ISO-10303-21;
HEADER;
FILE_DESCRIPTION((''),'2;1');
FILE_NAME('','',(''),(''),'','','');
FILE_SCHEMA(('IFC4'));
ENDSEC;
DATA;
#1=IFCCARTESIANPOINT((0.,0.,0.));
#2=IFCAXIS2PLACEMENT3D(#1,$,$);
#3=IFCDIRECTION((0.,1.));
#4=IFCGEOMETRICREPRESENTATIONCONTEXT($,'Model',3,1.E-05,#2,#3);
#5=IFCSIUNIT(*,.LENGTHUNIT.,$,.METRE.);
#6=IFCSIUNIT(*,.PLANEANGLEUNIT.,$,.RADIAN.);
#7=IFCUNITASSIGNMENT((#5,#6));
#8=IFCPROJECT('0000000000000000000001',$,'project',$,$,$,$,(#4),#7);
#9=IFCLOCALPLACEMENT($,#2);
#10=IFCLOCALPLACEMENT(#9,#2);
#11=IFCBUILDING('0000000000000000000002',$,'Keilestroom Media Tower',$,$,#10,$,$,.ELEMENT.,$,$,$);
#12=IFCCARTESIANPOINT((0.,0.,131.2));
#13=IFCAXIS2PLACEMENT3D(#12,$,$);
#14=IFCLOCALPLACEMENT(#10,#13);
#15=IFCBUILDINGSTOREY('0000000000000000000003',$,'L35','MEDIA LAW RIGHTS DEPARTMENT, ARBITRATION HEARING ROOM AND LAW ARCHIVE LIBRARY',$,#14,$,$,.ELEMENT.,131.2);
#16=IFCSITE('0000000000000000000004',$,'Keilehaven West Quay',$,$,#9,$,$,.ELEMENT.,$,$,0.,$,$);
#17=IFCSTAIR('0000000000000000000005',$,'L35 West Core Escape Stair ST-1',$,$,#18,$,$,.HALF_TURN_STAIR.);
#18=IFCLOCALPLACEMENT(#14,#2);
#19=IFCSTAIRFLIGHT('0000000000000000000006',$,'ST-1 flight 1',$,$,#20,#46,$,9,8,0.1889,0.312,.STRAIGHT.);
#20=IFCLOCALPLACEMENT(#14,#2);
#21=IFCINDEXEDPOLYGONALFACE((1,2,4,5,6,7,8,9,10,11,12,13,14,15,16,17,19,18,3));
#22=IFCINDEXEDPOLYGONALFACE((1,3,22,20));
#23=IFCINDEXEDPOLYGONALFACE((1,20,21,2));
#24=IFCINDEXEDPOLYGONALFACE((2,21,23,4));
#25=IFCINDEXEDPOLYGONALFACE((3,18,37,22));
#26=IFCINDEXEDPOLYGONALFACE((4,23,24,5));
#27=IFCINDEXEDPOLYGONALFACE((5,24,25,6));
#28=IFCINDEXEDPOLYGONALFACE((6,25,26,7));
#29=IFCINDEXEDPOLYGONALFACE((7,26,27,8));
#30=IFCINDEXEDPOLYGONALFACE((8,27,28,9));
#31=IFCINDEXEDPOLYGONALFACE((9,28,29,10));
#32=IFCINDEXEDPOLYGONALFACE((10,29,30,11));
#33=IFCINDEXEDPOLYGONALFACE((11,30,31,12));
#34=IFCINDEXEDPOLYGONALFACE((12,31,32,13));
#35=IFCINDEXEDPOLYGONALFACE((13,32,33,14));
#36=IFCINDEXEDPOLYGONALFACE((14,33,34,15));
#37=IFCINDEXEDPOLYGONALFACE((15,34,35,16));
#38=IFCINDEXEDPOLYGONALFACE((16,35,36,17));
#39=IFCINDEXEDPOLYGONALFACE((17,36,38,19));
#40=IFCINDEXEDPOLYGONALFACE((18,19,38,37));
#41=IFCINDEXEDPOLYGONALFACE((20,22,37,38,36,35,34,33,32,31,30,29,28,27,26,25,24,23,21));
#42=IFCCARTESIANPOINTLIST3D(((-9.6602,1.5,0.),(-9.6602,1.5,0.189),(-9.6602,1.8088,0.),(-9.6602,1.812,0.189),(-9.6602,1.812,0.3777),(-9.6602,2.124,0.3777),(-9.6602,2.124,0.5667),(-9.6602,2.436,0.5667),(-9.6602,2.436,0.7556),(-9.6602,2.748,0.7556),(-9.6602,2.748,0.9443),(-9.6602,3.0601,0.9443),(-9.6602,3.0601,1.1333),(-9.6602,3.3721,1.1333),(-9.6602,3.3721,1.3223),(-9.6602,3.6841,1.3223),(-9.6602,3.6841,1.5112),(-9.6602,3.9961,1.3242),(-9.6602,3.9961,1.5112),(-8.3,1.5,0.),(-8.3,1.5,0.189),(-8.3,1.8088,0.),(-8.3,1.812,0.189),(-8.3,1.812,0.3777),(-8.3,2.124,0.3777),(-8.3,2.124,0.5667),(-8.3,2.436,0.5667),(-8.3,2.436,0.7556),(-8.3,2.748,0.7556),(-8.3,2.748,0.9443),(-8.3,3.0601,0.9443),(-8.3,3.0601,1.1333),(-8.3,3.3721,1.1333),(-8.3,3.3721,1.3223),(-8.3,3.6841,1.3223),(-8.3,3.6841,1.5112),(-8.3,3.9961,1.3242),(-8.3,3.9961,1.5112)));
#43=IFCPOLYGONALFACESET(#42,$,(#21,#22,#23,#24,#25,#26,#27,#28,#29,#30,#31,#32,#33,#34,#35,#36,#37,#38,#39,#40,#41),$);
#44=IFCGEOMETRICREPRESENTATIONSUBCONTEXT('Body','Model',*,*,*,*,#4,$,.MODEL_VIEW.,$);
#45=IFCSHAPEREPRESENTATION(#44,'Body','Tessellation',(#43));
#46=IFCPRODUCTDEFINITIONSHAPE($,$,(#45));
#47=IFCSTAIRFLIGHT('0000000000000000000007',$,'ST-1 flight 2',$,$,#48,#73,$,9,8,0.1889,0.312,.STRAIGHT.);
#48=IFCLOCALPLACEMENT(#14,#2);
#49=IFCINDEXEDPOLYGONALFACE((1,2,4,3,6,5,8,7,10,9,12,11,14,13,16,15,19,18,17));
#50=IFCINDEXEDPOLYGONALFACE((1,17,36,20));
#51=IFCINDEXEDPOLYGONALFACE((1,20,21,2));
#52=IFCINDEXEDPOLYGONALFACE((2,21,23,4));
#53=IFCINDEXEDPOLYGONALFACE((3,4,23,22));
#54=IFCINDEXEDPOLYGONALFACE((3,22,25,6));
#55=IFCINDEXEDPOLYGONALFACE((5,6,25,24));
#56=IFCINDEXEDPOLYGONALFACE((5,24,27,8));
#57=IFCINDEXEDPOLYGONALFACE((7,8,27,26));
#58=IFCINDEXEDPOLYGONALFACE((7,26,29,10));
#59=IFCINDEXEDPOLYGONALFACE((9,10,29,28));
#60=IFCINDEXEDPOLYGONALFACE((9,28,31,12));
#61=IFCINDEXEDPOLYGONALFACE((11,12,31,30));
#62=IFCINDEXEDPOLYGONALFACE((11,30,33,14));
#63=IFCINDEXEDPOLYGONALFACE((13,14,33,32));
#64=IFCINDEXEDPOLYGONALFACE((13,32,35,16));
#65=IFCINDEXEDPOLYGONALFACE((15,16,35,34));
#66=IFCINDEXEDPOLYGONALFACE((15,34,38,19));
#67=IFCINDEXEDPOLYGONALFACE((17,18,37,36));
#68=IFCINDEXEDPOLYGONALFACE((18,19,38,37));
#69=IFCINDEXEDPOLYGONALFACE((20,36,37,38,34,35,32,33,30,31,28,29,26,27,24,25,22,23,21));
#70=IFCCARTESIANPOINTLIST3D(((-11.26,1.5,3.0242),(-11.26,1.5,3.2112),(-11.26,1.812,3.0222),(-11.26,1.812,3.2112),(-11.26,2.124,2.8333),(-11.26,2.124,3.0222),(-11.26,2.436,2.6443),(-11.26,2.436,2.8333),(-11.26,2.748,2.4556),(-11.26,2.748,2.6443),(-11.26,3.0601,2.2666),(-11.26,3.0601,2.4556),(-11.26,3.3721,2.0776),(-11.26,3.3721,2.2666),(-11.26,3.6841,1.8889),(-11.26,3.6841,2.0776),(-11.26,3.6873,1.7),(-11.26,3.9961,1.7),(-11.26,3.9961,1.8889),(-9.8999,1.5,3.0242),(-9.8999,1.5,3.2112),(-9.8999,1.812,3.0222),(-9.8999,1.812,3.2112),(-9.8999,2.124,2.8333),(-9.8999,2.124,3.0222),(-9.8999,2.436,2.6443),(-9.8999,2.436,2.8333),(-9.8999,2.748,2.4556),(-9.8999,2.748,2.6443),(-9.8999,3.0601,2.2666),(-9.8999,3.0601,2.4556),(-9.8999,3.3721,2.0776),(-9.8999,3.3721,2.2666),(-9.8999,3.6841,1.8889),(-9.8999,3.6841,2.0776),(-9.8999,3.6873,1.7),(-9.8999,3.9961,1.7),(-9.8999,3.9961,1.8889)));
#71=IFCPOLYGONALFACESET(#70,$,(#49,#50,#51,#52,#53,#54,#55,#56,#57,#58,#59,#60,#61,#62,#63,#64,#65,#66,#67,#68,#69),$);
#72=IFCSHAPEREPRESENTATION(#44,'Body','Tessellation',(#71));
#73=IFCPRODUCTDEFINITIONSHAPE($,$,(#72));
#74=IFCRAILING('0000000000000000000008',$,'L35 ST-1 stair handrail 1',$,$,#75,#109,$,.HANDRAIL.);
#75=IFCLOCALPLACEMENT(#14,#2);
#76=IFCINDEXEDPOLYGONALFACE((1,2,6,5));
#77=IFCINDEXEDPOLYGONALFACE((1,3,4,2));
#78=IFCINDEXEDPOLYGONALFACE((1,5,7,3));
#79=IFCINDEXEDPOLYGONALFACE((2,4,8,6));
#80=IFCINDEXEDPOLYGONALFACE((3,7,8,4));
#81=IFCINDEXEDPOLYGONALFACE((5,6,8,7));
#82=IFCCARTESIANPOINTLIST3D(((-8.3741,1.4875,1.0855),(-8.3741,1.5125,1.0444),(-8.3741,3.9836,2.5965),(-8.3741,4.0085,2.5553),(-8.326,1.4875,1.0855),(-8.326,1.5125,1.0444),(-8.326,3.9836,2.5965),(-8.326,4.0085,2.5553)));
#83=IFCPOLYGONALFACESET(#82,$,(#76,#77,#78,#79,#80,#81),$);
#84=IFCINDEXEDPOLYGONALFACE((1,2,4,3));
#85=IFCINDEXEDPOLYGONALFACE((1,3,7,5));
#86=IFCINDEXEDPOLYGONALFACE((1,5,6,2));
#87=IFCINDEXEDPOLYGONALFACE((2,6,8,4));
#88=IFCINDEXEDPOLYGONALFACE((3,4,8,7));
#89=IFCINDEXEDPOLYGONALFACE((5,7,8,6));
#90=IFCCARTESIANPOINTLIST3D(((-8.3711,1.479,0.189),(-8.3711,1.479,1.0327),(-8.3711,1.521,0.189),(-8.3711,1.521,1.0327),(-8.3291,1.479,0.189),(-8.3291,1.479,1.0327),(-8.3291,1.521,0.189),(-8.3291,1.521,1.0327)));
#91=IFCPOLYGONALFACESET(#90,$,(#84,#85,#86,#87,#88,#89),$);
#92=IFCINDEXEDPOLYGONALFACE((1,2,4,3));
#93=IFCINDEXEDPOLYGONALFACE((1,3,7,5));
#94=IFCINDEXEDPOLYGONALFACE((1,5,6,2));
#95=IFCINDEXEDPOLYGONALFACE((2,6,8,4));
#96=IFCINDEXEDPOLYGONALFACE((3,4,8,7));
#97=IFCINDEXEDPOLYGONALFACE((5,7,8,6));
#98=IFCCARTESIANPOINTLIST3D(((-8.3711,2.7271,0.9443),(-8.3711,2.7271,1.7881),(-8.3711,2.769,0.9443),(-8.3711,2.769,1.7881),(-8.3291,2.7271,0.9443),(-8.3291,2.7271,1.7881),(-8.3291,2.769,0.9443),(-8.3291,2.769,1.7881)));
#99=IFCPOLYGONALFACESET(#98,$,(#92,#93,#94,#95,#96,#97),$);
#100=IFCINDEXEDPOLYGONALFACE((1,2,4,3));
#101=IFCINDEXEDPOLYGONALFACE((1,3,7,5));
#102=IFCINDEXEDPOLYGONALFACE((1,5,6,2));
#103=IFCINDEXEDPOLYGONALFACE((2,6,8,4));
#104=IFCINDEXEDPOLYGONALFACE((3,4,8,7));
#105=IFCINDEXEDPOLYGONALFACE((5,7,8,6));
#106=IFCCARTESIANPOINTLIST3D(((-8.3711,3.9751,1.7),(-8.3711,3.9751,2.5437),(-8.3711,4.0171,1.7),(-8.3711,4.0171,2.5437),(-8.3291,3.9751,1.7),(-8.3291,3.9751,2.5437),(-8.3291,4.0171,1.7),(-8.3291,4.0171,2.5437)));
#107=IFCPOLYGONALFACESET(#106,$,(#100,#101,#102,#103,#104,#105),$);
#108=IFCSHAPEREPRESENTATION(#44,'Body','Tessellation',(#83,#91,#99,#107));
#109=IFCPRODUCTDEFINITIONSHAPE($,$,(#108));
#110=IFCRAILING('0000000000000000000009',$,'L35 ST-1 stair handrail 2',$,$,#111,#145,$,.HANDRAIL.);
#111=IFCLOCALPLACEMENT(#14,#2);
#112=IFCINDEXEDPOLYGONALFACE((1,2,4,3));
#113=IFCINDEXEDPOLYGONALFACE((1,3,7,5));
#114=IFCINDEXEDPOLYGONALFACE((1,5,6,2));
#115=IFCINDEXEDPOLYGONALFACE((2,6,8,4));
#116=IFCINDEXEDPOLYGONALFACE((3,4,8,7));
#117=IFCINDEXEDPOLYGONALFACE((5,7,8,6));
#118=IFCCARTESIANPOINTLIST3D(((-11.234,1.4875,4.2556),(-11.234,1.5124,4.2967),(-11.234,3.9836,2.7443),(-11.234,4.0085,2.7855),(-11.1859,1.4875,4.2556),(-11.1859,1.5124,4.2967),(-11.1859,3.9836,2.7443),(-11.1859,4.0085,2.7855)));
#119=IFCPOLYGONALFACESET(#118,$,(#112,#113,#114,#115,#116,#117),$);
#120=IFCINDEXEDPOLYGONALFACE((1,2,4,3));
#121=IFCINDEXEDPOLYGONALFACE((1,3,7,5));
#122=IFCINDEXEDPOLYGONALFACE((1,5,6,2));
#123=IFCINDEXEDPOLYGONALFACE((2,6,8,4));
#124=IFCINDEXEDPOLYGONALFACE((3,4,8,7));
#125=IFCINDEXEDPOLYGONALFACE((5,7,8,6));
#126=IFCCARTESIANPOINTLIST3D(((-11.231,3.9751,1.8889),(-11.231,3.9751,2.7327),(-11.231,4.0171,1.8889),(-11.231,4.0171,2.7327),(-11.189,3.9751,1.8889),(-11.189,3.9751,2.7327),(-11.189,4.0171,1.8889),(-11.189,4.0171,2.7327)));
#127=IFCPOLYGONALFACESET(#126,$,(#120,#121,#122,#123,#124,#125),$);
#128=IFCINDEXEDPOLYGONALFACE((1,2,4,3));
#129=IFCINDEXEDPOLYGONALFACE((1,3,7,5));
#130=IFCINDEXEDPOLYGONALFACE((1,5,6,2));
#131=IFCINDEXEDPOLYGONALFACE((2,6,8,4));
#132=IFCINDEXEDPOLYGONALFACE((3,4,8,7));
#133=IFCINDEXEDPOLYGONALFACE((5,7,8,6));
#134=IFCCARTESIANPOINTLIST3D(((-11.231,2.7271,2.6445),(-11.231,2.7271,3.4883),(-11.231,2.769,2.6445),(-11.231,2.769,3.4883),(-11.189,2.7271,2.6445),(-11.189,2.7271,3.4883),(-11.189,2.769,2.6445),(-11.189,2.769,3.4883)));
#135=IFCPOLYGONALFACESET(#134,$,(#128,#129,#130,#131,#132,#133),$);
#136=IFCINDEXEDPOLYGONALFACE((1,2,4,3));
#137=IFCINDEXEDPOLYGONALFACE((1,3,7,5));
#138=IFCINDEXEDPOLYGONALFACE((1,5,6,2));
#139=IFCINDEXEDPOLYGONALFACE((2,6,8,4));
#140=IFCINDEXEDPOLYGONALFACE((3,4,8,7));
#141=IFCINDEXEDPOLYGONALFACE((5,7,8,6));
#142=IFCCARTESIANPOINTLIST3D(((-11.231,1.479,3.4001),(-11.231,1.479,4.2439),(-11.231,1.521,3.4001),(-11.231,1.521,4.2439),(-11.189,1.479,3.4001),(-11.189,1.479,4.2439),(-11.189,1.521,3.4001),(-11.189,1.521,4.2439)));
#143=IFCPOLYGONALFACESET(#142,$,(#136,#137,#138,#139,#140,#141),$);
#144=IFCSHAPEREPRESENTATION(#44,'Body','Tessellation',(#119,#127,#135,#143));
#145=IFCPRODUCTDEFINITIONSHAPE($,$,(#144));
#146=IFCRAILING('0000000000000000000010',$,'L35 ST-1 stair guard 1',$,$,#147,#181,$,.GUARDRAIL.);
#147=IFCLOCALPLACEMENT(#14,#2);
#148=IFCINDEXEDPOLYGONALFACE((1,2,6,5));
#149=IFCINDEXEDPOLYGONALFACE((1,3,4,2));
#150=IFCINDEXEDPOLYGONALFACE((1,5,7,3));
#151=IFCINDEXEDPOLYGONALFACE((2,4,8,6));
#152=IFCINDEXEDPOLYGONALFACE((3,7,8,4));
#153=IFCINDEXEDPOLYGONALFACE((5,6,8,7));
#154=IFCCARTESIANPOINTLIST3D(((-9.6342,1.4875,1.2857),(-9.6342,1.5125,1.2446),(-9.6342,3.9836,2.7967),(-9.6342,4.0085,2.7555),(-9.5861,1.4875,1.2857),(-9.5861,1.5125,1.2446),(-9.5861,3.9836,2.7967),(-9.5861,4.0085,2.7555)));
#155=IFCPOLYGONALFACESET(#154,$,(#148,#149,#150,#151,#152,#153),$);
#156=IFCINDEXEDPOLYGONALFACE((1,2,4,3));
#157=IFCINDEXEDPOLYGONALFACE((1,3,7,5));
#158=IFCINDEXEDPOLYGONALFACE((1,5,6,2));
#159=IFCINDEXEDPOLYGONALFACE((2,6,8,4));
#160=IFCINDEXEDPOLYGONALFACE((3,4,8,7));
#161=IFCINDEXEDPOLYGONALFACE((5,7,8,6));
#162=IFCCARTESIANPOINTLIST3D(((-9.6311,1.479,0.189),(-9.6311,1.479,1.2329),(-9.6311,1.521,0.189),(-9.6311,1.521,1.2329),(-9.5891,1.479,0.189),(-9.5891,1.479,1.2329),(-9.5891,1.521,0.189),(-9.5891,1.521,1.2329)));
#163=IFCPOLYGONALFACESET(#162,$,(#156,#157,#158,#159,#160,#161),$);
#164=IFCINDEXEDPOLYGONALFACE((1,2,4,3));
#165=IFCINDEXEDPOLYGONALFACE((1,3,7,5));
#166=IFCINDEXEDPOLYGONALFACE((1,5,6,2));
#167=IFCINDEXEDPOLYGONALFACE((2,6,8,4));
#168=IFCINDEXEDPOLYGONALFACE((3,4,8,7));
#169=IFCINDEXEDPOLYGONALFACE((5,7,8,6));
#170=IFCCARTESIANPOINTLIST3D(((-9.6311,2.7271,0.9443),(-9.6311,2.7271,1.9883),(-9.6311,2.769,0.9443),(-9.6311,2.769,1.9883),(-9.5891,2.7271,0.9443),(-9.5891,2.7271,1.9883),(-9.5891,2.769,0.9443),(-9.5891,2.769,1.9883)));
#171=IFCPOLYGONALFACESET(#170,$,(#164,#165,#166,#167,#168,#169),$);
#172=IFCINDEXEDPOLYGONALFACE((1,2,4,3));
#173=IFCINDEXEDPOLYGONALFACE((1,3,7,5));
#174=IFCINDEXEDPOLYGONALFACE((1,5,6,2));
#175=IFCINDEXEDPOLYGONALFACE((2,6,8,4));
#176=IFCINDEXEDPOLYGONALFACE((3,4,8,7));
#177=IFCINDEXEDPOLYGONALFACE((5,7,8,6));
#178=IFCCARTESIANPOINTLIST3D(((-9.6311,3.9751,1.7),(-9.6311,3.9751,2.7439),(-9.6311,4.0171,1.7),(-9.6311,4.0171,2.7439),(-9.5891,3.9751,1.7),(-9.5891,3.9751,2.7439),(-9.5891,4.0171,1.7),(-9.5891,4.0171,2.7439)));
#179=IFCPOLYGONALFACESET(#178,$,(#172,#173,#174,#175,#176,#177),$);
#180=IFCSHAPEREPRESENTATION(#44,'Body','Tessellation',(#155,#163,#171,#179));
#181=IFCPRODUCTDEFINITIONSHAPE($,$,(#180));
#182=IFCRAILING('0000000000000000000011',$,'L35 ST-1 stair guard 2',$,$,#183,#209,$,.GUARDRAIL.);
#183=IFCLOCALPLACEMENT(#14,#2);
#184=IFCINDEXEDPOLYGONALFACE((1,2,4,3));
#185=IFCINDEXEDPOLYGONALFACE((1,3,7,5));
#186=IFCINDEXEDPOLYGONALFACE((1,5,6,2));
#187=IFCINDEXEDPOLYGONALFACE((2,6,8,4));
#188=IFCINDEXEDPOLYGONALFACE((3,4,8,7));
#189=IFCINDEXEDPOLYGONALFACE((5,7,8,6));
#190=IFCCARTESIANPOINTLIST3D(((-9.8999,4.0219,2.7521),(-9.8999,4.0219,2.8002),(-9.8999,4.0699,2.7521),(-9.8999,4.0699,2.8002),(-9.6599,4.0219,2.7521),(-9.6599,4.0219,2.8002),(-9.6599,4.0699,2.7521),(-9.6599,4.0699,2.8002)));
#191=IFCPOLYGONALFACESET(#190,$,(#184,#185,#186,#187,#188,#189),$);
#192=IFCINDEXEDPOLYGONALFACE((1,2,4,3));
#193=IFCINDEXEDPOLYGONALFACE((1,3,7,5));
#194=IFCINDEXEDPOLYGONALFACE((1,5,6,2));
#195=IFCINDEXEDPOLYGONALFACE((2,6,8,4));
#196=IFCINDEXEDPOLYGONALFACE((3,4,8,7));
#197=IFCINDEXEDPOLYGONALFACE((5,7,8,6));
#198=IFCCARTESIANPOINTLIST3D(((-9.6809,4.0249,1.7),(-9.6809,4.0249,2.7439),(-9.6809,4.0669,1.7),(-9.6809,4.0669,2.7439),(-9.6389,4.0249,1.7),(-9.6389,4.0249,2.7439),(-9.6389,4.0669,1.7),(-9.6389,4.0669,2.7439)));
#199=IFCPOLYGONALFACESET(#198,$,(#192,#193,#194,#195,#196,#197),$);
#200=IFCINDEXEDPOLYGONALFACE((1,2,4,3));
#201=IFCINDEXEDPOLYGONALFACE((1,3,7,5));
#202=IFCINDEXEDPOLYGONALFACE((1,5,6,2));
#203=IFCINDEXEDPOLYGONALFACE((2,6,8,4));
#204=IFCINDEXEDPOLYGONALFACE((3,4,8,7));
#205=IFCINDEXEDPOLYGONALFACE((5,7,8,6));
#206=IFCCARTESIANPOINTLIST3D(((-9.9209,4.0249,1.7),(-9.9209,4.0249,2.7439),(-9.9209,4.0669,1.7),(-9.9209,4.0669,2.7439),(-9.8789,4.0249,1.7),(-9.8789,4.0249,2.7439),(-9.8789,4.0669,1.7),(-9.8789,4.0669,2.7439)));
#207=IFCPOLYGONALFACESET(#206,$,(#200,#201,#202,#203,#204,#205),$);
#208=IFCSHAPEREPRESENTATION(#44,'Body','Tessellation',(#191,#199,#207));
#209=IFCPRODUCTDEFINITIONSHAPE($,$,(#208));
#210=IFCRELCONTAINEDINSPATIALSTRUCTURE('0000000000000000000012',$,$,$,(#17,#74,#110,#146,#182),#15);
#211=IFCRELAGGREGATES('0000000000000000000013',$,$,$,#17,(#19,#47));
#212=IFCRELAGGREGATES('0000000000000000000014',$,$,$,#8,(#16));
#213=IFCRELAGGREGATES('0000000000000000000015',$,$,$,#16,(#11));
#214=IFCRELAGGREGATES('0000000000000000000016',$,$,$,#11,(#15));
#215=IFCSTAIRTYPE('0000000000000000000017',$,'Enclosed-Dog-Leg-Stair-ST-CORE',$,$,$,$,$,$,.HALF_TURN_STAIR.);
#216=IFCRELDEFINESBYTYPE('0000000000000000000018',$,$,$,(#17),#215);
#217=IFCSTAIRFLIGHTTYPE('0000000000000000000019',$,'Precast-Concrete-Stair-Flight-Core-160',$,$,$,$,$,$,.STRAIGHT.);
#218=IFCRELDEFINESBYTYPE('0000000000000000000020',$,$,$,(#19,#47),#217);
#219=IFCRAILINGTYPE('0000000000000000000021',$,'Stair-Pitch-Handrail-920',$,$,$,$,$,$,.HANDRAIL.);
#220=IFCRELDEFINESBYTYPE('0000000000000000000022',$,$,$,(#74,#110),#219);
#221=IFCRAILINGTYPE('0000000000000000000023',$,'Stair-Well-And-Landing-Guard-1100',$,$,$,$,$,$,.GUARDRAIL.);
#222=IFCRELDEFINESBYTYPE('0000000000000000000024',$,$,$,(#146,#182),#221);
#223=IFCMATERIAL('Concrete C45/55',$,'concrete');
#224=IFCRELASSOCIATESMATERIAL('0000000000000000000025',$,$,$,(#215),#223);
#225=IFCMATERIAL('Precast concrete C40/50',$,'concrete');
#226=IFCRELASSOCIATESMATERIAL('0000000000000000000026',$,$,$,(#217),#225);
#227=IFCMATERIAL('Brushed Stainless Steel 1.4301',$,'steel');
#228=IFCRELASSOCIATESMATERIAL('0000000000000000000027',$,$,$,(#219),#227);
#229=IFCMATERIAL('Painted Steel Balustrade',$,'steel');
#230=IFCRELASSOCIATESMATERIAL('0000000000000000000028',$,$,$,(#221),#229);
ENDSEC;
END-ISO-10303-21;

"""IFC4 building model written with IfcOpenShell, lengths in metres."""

from ifc_helpers import new_model, si_unit, direction, frame, origin, origin_2d, place, context, subcontext, project, spatial, polyline, rectangle, outline, extrude, material, type_object, element, aggregate, save


model = new_model("IFC4")

# Units and contexts
model_context = context("Model", 3, precision=1e-05, world=origin(), true_north=direction((0.0, 1.0)))
body_context = subcontext(model_context, "Body", "Model", "MODEL_VIEW")
ifc_project = project(units=[si_unit("LENGTHUNIT", "METRE"), si_unit("PLANEANGLEUNIT", "RADIAN")], contexts=[model_context])

# Site, building, storey
site_placement = place(None, origin())
site = spatial("IfcSite", under=ifc_project, at=site_placement, Name="Keilehaven West Quay", CompositionType="ELEMENT", RefElevation=0.0)
building_placement = place(site_placement, origin())
building = spatial("IfcBuilding", under=site, at=building_placement, Name="Keilestroom Media Tower", CompositionType="ELEMENT")
storey_placement = place(building_placement, frame((0.0, 0.0, 131.2)))
storey = spatial("IfcBuildingStorey", under=building, at=storey_placement, Name="L35", Description="MEDIA LAW RIGHTS DEPARTMENT, ARBITRATION HEARING ROOM AND LAW ARCHIVE LIBRARY", CompositionType="ELEMENT", Elevation=131.2)

# Shared definitions
ifc_material_1 = material(Name="Concrete C45/55", Category="concrete")

# Stair
stair_type = type_object("IfcStairType", Name="Enclosed-Dog-Leg-Stair-ST-CORE", PredefinedType="HALF_TURN_STAIR", material=ifc_material_1)
stair_1_placement = place(storey_placement, origin())
stair_1 = element("IfcStair", 1, at=stair_1_placement, inside=storey, type_object=stair_type, Name="L35 West Core Escape Stair ST-1", PredefinedType="HALF_TURN_STAIR")

# Shared definitions
ifc_material_2 = material(Name="Precast concrete C40/50", Category="concrete")

# Stair flights
stair_flight_type = type_object("IfcStairFlightType", Name="Precast-Concrete-Stair-Flight-Core-160", PredefinedType="STRAIGHT", material=ifc_material_2)
stair_flight_1_placement = place(storey_placement, frame((-8.98, 1.5, 0.0), z_axis=(0.0, 0.0, 1.0), x_axis=(0.0, 1.0, 0.0)))
stair_flight_1 = element("IfcStairFlight", 2, at=stair_flight_1_placement, type_object=stair_flight_type, Name="ST-1 flight 1", NumberOfRisers=9, NumberOfTreads=8, PredefinedType="STRAIGHT", RiserHeight=0.1889, TreadLength=0.312, context=body_context, shape_type="SweptSolid", body=[
    extrude(outline(polyline([(0.0, 0.0), (0.0, 0.189), (0.312, 0.189), (0.312, 0.3777), (0.624, 0.3777), (0.624, 0.5667), (0.936, 0.5667), (0.936, 0.7556), (1.248, 0.7556), (1.248, 0.9443), (1.5601, 0.9443), (1.5601, 1.1333), (1.8721, 1.1333), (1.8721, 1.3223), (2.1841, 1.3223), (2.1841, 1.5112), (2.4961, 1.5112), (2.4961, 1.7), (2.4961, 1.3242), (0.3088, 0.0), (0.0, 0.0)])), frame((0.0, 0.6802, 0.0), z_axis=(0.0, -1.0, 0.0), x_axis=(1.0, 0.0, 0.0)), (0.0, 0.0, 1.0), 1.3601),
])
stair_flight_2_placement = place(storey_placement, frame((-10.5801, 3.9961, 1.7), z_axis=(0.0, 0.0, 1.0), x_axis=(0.0, -1.0, 0.0)))
stair_flight_2 = element("IfcStairFlight", 3, at=stair_flight_2_placement, type_object=stair_flight_type, Name="ST-1 flight 2", NumberOfRisers=9, NumberOfTreads=8, PredefinedType="STRAIGHT", RiserHeight=0.1889, TreadLength=0.312, context=body_context, shape_type="SweptSolid", body=[
    extrude(outline(polyline([(0.0, 0.0), (0.0, 0.189), (0.312, 0.189), (0.312, 0.3777), (0.624, 0.3777), (0.624, 0.5667), (0.936, 0.5667), (0.936, 0.7556), (1.248, 0.7556), (1.248, 0.9443), (1.5601, 0.9443), (1.5601, 1.1333), (1.8721, 1.1333), (1.8721, 1.3223), (2.1841, 1.3223), (2.1841, 1.5112), (2.4961, 1.5112), (2.4961, 1.7), (2.4961, 1.3242), (0.3088, 0.0), (0.0, 0.0)])), frame((0.0, 0.6802, 0.0), z_axis=(0.0, -1.0, 0.0), x_axis=(1.0, 0.0, 0.0)), (0.0, 0.0, 1.0), 1.3601),
])
aggregate(stair_1, [stair_flight_1, stair_flight_2])

# Railings
ifc_material_3 = material(Name="Brushed Stainless Steel 1.4301", Category="steel")
railing_type_1 = type_object("IfcRailingType", Name="Stair-Pitch-Handrail-920", PredefinedType="HANDRAIL", material=ifc_material_3)
railing_1_placement = place(storey_placement, frame((-8.3501, 1.5, 0.189)))
element("IfcRailing", 4, at=railing_1_placement, inside=storey, type_object=railing_type_1, Name="L35 ST-1 stair handrail 1", PredefinedType="HANDRAIL", context=body_context, shape_type="SweptSolid", body=[
    extrude(rectangle(XDim=0.0481, YDim=0.0481, at=origin_2d()), frame((0.0, 0.0, 0.876), z_axis=(0.0, 0.855471, 0.517851), x_axis=(-1.0, 0.0, 0.0)), (0.0, 0.0, 1.0), 2.9177),
    extrude(rectangle(XDim=0.042, YDim=0.042, at=origin_2d()), origin(), (0.0, 0.0, 1.0), 0.8438),
    extrude(rectangle(XDim=0.042, YDim=0.042, at=origin_2d()), frame((0.0, 1.248, 0.7554)), (0.0, 0.0, 1.0), 0.8438),
    extrude(rectangle(XDim=0.042, YDim=0.042, at=origin_2d()), frame((0.0, 2.4961, 1.511)), (0.0, 0.0, 1.0), 0.8438),
])
railing_2_placement = place(storey_placement, frame((-11.21, 3.9961, 1.8889)))
element("IfcRailing", 5, at=railing_2_placement, inside=storey, type_object=railing_type_1, Name="L35 ST-1 stair handrail 2", PredefinedType="HANDRAIL", context=body_context, shape_type="SweptSolid", body=[
    extrude(rectangle(XDim=0.0481, YDim=0.0481, at=origin_2d()), frame((0.0, 0.0, 0.876), z_axis=(0.0, -0.855434, 0.517912), x_axis=(1.0, 0.0, 0.0)), (0.0, 0.0, 1.0), 2.918),
    extrude(rectangle(XDim=0.042, YDim=0.042, at=origin_2d()), origin(), (0.0, 0.0, 1.0), 0.8438),
    extrude(rectangle(XDim=0.042, YDim=0.042, at=origin_2d()), frame((0.0, -1.248, 0.7556)), (0.0, 0.0, 1.0), 0.8438),
    extrude(rectangle(XDim=0.042, YDim=0.042, at=origin_2d()), frame((0.0, -2.4961, 1.5112)), (0.0, 0.0, 1.0), 0.8438),
])
ifc_material_4 = material(Name="Painted Steel Balustrade", Category="steel")
railing_type_2 = type_object("IfcRailingType", Name="Stair-Well-And-Landing-Guard-1100", PredefinedType="GUARDRAIL", material=ifc_material_4)
railing_3_placement = place(storey_placement, frame((-9.6101, 1.5, 0.189)))
element("IfcRailing", 6, at=railing_3_placement, inside=storey, type_object=railing_type_2, Name="L35 ST-1 stair guard 1", PredefinedType="GUARDRAIL", context=body_context, shape_type="SweptSolid", body=[
    extrude(rectangle(XDim=0.0481, YDim=0.0481, at=origin_2d()), frame((0.0, 0.0, 1.0762), z_axis=(0.0, 0.855471, 0.517851), x_axis=(-1.0, 0.0, 0.0)), (0.0, 0.0, 1.0), 2.9177),
    extrude(rectangle(XDim=0.042, YDim=0.042, at=origin_2d()), origin(), (0.0, 0.0, 1.0), 1.0439),
    extrude(rectangle(XDim=0.042, YDim=0.042, at=origin_2d()), frame((0.0, 1.248, 0.7554)), (0.0, 0.0, 1.0), 1.0439),
    extrude(rectangle(XDim=0.042, YDim=0.042, at=origin_2d()), frame((0.0, 2.4961, 1.511)), (0.0, 0.0, 1.0), 1.0439),
])
railing_4_placement = place(storey_placement, frame((-9.6599, 4.0459, 1.7)))
element("IfcRailing", 7, at=railing_4_placement, inside=storey, type_object=railing_type_2, Name="L35 ST-1 stair guard 2", PredefinedType="GUARDRAIL", context=body_context, shape_type="SweptSolid", body=[
    extrude(rectangle(XDim=0.0481, YDim=0.0481, at=origin_2d()), frame((0.0, 0.0, 1.0762), z_axis=(-1.0, 0.0, 0.0), x_axis=(0.0, -1.0, 0.0)), (0.0, 0.0, 1.0), 0.24),
    extrude(rectangle(XDim=0.042, YDim=0.042, at=origin_2d()), origin(), (0.0, 0.0, 1.0), 1.0439),
    extrude(rectangle(XDim=0.042, YDim=0.042, at=origin_2d()), frame((-0.24, 0.0, 0.0)), (0.0, 0.0, 1.0), 1.0439),
])

save(model, "model.ifc")
